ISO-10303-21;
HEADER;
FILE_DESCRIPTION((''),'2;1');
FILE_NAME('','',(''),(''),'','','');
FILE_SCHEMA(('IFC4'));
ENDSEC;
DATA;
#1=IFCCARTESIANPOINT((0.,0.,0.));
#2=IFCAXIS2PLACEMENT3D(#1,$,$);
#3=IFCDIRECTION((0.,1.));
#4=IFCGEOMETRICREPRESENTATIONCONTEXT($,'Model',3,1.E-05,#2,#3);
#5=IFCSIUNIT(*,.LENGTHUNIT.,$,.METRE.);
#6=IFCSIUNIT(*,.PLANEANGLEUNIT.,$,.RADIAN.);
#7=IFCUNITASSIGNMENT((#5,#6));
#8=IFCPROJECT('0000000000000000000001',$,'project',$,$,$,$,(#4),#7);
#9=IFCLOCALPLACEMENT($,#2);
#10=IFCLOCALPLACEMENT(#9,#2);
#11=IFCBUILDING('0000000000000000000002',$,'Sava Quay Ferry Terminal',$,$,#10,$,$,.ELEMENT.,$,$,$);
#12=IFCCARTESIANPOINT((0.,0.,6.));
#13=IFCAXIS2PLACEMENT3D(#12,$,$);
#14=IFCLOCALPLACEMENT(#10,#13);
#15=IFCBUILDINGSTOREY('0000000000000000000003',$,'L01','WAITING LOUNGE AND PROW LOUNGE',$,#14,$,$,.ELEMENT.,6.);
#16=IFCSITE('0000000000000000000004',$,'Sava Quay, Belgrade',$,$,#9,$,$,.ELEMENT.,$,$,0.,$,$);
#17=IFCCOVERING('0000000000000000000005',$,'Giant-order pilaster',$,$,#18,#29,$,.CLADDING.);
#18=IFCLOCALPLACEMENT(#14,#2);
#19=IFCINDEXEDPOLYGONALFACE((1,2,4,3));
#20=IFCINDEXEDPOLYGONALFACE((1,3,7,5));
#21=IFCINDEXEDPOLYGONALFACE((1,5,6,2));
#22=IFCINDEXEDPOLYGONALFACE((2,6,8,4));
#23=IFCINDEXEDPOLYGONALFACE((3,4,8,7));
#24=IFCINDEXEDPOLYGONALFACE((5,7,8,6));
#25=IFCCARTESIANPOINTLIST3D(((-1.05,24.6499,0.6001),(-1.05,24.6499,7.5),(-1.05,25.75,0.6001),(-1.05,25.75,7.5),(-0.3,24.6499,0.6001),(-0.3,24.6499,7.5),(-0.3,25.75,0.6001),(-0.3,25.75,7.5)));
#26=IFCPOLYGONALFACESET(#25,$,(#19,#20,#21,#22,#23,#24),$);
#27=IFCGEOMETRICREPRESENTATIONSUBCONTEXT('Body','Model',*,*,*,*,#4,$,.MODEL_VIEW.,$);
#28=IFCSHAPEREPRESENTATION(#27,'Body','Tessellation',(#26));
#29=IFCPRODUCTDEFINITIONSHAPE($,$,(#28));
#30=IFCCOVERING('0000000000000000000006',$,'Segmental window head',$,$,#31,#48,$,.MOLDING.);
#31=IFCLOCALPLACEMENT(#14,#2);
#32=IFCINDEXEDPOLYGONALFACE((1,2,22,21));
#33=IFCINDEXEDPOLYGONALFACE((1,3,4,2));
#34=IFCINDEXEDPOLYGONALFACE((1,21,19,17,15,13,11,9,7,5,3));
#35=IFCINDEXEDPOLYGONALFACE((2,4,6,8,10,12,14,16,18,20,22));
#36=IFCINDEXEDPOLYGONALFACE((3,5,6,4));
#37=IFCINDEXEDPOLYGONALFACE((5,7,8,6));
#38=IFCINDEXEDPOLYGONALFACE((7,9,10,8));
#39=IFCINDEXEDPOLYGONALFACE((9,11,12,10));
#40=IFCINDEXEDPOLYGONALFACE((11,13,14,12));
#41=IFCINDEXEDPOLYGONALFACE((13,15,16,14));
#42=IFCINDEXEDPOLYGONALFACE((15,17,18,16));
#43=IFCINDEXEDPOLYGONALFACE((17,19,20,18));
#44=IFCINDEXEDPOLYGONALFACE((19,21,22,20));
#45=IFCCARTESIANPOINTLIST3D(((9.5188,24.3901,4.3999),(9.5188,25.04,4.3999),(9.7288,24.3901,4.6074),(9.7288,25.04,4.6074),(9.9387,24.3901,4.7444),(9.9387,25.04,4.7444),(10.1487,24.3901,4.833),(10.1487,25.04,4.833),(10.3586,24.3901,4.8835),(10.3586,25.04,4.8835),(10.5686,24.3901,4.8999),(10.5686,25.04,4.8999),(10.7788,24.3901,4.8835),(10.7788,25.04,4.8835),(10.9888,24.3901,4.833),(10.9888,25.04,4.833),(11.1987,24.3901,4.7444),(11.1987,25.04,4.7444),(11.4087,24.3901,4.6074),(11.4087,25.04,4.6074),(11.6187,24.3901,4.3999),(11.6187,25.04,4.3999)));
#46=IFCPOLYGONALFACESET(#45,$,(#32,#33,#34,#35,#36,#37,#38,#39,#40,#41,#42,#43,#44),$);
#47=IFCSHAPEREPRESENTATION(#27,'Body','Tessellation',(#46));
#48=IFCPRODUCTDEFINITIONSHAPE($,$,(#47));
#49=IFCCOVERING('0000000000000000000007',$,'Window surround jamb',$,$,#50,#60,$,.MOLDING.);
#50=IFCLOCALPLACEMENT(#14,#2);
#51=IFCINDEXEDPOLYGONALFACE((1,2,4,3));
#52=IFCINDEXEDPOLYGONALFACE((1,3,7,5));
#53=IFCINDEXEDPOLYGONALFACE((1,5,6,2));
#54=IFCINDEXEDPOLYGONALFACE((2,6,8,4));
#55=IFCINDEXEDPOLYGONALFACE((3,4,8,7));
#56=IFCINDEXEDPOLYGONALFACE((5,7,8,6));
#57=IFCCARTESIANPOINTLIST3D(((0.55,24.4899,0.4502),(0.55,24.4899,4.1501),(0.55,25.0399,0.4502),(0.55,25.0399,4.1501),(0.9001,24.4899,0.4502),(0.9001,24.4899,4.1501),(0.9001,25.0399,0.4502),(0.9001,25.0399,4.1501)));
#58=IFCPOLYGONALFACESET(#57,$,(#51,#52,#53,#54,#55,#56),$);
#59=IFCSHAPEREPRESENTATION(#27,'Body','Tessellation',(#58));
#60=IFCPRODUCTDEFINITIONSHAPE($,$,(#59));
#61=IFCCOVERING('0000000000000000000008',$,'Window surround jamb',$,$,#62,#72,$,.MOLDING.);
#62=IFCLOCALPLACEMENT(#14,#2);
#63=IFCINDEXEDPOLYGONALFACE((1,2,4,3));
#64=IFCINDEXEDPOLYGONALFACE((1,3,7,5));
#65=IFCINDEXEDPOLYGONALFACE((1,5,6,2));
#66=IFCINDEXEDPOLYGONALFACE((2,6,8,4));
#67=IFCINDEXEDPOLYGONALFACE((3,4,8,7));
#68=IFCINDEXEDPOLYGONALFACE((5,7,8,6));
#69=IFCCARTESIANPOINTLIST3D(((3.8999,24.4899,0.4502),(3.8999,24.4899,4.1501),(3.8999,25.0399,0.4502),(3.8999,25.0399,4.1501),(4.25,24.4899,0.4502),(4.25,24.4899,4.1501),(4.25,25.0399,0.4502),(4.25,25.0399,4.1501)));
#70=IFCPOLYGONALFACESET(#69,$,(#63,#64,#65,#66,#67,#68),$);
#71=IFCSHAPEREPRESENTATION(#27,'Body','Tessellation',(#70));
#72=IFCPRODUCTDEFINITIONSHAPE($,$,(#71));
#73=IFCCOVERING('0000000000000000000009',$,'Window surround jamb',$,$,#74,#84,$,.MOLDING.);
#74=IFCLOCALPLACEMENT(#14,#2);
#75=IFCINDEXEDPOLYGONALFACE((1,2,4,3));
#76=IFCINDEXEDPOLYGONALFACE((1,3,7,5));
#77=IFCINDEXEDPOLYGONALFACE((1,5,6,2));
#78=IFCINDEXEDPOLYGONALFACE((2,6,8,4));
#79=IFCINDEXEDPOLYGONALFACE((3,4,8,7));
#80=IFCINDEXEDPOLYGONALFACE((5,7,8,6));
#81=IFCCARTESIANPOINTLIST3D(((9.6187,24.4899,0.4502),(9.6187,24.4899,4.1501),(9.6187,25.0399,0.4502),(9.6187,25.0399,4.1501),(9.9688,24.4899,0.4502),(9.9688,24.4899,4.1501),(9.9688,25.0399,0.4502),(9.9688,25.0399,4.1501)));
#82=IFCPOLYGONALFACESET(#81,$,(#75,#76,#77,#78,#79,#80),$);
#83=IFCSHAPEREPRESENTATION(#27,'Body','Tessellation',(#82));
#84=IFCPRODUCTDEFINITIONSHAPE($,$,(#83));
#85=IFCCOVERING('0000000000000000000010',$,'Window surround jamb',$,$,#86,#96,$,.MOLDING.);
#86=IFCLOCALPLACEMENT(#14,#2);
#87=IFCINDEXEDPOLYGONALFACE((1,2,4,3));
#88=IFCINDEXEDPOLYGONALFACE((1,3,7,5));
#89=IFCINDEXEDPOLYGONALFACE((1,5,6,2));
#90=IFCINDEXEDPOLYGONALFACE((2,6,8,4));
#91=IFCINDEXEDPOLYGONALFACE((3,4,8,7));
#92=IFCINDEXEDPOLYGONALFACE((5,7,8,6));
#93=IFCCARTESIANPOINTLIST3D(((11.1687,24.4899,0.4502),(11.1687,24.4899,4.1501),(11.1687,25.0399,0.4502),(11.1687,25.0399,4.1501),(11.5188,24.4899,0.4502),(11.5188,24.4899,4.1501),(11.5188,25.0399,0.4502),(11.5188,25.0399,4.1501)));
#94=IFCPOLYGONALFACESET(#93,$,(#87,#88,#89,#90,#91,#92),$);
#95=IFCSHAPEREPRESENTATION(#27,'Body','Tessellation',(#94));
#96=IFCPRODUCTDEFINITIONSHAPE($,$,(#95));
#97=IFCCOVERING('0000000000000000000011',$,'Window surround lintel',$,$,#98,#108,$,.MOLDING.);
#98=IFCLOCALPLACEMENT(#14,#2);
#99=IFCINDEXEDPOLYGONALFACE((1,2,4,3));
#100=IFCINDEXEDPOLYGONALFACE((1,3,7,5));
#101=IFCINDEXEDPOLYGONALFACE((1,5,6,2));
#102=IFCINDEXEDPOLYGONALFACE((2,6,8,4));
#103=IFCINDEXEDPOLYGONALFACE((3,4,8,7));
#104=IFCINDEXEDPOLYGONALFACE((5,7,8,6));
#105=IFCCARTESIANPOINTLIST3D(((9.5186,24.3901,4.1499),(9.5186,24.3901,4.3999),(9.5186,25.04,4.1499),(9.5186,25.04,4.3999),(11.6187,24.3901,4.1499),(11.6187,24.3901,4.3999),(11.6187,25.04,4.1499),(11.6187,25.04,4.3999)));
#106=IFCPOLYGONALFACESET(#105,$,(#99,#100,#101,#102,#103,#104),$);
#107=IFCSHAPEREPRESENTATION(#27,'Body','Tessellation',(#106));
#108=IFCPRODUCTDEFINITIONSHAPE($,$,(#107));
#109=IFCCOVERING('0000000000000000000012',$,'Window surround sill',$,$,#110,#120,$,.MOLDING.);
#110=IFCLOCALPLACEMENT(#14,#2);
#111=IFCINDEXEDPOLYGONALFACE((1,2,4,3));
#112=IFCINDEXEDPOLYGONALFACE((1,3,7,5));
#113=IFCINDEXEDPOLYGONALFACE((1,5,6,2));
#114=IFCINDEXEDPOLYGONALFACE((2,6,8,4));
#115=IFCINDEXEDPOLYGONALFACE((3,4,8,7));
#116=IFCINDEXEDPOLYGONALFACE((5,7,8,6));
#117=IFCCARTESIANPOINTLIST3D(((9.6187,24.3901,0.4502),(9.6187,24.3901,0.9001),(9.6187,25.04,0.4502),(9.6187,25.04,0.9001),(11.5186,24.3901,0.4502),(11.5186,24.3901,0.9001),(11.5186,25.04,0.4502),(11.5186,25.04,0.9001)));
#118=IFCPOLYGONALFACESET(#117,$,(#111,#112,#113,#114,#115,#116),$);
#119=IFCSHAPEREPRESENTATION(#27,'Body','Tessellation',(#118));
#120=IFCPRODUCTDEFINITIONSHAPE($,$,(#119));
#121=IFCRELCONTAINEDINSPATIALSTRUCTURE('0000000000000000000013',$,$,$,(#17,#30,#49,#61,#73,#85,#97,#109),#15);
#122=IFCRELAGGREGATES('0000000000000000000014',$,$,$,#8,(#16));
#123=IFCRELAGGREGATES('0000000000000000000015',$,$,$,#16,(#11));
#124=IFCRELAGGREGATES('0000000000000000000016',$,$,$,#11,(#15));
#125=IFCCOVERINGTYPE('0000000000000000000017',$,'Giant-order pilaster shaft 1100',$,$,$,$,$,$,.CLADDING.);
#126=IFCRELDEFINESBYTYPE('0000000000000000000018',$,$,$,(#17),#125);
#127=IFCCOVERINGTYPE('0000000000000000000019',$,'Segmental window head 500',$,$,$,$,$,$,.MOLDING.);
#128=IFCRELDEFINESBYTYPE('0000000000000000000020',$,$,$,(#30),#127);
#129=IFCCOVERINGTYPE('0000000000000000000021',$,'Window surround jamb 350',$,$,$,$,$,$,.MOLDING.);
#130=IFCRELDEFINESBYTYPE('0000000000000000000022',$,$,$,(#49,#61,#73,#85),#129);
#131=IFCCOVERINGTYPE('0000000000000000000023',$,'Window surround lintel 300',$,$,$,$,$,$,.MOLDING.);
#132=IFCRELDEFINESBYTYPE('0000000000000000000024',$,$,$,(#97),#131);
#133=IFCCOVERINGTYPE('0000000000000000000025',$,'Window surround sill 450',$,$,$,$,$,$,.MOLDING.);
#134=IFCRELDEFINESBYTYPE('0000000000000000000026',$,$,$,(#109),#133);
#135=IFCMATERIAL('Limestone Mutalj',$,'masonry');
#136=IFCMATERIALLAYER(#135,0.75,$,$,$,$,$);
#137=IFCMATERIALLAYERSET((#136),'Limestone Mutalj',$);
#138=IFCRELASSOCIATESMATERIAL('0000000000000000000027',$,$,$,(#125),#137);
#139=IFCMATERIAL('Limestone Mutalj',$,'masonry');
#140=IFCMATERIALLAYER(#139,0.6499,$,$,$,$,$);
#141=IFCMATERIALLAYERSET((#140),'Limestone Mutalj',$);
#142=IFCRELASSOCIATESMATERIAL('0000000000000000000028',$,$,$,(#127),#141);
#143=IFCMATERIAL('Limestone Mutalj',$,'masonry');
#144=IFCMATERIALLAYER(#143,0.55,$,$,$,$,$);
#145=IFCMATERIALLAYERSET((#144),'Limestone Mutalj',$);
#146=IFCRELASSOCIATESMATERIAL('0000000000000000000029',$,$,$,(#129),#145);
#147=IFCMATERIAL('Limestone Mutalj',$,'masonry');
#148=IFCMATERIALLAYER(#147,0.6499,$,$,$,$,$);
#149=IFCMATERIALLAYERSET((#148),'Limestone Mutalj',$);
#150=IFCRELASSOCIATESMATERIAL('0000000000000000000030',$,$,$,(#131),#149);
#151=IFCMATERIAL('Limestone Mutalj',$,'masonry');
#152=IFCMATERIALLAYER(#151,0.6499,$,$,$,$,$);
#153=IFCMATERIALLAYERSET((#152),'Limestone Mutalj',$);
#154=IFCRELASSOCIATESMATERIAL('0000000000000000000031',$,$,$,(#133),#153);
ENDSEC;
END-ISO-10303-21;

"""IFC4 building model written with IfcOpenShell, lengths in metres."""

from ifc_helpers import new_model, si_unit, direction, frame, origin, origin_2d, place, context, subcontext, project, spatial, polyline, rectangle, outline, extrude, material, layer, layer_set, type_object, element, save


model = new_model("IFC4")

# Units and contexts
model_context = context("Model", 3, precision=1e-05, world=origin(), true_north=direction((0.0, 1.0)))
body_context = subcontext(model_context, "Body", "Model", "MODEL_VIEW")
ifc_project = project(units=[si_unit("LENGTHUNIT", "METRE"), si_unit("PLANEANGLEUNIT", "RADIAN")], contexts=[model_context])

# Site, building, storey
site_placement = place(None, origin())
site = spatial("IfcSite", under=ifc_project, at=site_placement, Name="Sava Quay, Belgrade", CompositionType="ELEMENT", RefElevation=0.0)
building_placement = place(site_placement, origin())
building = spatial("IfcBuilding", under=site, at=building_placement, Name="Sava Quay Ferry Terminal", CompositionType="ELEMENT")
storey_placement = place(building_placement, frame((0.0, 0.0, 6.0)))
storey = spatial("IfcBuildingStorey", under=building, at=storey_placement, Name="L01", Description="WAITING LOUNGE AND PROW LOUNGE", CompositionType="ELEMENT", Elevation=6.0)

# Coverings
ifc_material_1 = material(Name="Limestone Mutalj", Category="masonry")
ifc_layer_1 = layer(ifc_material_1, 0.75)
ifc_layer_set_1 = layer_set([ifc_layer_1], Name="Limestone Mutalj")
covering_type_1 = type_object("IfcCoveringType", Name="Giant-order pilaster shaft 1100", PredefinedType="CLADDING", material=ifc_layer_set_1)
covering_1_placement = place(storey_placement, frame((-0.675, 25.2, 0.6001), z_axis=(0.0, 0.0, 1.0), x_axis=(1.0, 0.0, 0.0)))
element("IfcCovering", 1, at=covering_1_placement, inside=storey, type_object=covering_type_1, Name="Giant-order pilaster", PredefinedType="CLADDING", context=body_context, shape_type="SweptSolid", body=[
    extrude(rectangle(XDim=0.75, YDim=1.1001, at=origin_2d()), origin(), (0.0, 0.0, 1.0), 6.8999),
])
ifc_material_2 = material(Name="Limestone Mutalj", Category="masonry")
ifc_layer_2 = layer(ifc_material_2, 0.6499)
ifc_layer_set_2 = layer_set([ifc_layer_2], Name="Limestone Mutalj")
covering_type_2 = type_object("IfcCoveringType", Name="Segmental window head 500", PredefinedType="MOLDING", material=ifc_layer_set_2)
covering_2_placement = place(storey_placement, frame((9.5188, 25.04, 4.3999), z_axis=(0.0, 1.0, 0.0), x_axis=(0.71123, 0.0, 0.70296)))
element("IfcCovering", 2, at=covering_2_placement, inside=storey, type_object=covering_type_2, Name="Segmental window head", PredefinedType="MOLDING", context=body_context, shape_type="SweptSolid", body=[
    extrude(outline(polyline([(0.0, 0.0), (0.2952, 0.0), (0.5408, 0.0502), (0.7524, 0.1347), (0.9373, 0.2464), (1.0981, 0.3824), (1.2361, 0.5418), (1.3499, 0.7253), (1.437, 0.9359), (1.49, 1.1809), (1.4935, 1.4761), (0.0, 0.0)])), origin(), (0.0, 0.0, -1.0), 0.6499),
])
ifc_material_3 = material(Name="Limestone Mutalj", Category="masonry")
ifc_layer_3 = layer(ifc_material_3, 0.55)
ifc_layer_set_3 = layer_set([ifc_layer_3], Name="Limestone Mutalj")
covering_type_3 = type_object("IfcCoveringType", Name="Window surround jamb 350", PredefinedType="MOLDING", material=ifc_layer_set_3)
for number, where, z_axis, x_axis, name in (
    (3, (0.7251, 24.7649, 0.4502), (0.0, 0.0, 1.0), (1.0, 0.0, 0.0), "Window surround jamb"),
    (4, (4.075, 24.7649, 0.4502), (0.0, 0.0, 1.0), (1.0, 0.0, 0.0), "Window surround jamb"),
    (5, (9.7937, 24.7649, 0.4502), (0.0, 0.0, 1.0), (1.0, 0.0, 0.0), "Window surround jamb"),
    (6, (11.3438, 24.7649, 0.4502), (0.0, 0.0, 1.0), (1.0, 0.0, 0.0), "Window surround jamb"),
):
    element("IfcCovering", number, at=place(storey_placement, frame(where, z_axis=z_axis, x_axis=x_axis)), inside=storey, type_object=covering_type_3, Name=name, PredefinedType="MOLDING", context=body_context, shape_type="SweptSolid", body=[
        extrude(rectangle(XDim=0.3501, YDim=0.55, at=origin_2d()), origin(), (0.0, 0.0, 1.0), 3.7),
    ])
ifc_material_4 = material(Name="Limestone Mutalj", Category="masonry")
ifc_layer_4 = layer(ifc_material_4, 0.6499)
ifc_layer_set_4 = layer_set([ifc_layer_4], Name="Limestone Mutalj")
covering_type_4 = type_object("IfcCoveringType", Name="Window surround lintel 300", PredefinedType="MOLDING", material=ifc_layer_set_4)
covering_3_placement = place(storey_placement, frame((10.5686, 24.7151, 4.1499), z_axis=(0.0, 0.0, 1.0), x_axis=(1.0, 0.0, 0.0)))
element("IfcCovering", 7, at=covering_3_placement, inside=storey, type_object=covering_type_4, Name="Window surround lintel", PredefinedType="MOLDING", context=body_context, shape_type="SweptSolid", body=[
    extrude(rectangle(XDim=2.1001, YDim=0.6499, at=origin_2d()), origin(), (0.0, 0.0, 1.0), 0.25),
])
ifc_material_5 = material(Name="Limestone Mutalj", Category="masonry")
ifc_layer_5 = layer(ifc_material_5, 0.6499)
ifc_layer_set_5 = layer_set([ifc_layer_5], Name="Limestone Mutalj")
covering_type_5 = type_object("IfcCoveringType", Name="Window surround sill 450", PredefinedType="MOLDING", material=ifc_layer_set_5)
covering_4_placement = place(storey_placement, frame((10.5686, 24.7151, 0.4502), z_axis=(0.0, 0.0, 1.0), x_axis=(1.0, 0.0, 0.0)))
element("IfcCovering", 8, at=covering_4_placement, inside=storey, type_object=covering_type_5, Name="Window surround sill", PredefinedType="MOLDING", context=body_context, shape_type="SweptSolid", body=[
    extrude(rectangle(XDim=1.8999, YDim=0.6499, at=origin_2d()), origin(), (0.0, 0.0, 1.0), 0.45),
])

save(model, "model.ifc")
